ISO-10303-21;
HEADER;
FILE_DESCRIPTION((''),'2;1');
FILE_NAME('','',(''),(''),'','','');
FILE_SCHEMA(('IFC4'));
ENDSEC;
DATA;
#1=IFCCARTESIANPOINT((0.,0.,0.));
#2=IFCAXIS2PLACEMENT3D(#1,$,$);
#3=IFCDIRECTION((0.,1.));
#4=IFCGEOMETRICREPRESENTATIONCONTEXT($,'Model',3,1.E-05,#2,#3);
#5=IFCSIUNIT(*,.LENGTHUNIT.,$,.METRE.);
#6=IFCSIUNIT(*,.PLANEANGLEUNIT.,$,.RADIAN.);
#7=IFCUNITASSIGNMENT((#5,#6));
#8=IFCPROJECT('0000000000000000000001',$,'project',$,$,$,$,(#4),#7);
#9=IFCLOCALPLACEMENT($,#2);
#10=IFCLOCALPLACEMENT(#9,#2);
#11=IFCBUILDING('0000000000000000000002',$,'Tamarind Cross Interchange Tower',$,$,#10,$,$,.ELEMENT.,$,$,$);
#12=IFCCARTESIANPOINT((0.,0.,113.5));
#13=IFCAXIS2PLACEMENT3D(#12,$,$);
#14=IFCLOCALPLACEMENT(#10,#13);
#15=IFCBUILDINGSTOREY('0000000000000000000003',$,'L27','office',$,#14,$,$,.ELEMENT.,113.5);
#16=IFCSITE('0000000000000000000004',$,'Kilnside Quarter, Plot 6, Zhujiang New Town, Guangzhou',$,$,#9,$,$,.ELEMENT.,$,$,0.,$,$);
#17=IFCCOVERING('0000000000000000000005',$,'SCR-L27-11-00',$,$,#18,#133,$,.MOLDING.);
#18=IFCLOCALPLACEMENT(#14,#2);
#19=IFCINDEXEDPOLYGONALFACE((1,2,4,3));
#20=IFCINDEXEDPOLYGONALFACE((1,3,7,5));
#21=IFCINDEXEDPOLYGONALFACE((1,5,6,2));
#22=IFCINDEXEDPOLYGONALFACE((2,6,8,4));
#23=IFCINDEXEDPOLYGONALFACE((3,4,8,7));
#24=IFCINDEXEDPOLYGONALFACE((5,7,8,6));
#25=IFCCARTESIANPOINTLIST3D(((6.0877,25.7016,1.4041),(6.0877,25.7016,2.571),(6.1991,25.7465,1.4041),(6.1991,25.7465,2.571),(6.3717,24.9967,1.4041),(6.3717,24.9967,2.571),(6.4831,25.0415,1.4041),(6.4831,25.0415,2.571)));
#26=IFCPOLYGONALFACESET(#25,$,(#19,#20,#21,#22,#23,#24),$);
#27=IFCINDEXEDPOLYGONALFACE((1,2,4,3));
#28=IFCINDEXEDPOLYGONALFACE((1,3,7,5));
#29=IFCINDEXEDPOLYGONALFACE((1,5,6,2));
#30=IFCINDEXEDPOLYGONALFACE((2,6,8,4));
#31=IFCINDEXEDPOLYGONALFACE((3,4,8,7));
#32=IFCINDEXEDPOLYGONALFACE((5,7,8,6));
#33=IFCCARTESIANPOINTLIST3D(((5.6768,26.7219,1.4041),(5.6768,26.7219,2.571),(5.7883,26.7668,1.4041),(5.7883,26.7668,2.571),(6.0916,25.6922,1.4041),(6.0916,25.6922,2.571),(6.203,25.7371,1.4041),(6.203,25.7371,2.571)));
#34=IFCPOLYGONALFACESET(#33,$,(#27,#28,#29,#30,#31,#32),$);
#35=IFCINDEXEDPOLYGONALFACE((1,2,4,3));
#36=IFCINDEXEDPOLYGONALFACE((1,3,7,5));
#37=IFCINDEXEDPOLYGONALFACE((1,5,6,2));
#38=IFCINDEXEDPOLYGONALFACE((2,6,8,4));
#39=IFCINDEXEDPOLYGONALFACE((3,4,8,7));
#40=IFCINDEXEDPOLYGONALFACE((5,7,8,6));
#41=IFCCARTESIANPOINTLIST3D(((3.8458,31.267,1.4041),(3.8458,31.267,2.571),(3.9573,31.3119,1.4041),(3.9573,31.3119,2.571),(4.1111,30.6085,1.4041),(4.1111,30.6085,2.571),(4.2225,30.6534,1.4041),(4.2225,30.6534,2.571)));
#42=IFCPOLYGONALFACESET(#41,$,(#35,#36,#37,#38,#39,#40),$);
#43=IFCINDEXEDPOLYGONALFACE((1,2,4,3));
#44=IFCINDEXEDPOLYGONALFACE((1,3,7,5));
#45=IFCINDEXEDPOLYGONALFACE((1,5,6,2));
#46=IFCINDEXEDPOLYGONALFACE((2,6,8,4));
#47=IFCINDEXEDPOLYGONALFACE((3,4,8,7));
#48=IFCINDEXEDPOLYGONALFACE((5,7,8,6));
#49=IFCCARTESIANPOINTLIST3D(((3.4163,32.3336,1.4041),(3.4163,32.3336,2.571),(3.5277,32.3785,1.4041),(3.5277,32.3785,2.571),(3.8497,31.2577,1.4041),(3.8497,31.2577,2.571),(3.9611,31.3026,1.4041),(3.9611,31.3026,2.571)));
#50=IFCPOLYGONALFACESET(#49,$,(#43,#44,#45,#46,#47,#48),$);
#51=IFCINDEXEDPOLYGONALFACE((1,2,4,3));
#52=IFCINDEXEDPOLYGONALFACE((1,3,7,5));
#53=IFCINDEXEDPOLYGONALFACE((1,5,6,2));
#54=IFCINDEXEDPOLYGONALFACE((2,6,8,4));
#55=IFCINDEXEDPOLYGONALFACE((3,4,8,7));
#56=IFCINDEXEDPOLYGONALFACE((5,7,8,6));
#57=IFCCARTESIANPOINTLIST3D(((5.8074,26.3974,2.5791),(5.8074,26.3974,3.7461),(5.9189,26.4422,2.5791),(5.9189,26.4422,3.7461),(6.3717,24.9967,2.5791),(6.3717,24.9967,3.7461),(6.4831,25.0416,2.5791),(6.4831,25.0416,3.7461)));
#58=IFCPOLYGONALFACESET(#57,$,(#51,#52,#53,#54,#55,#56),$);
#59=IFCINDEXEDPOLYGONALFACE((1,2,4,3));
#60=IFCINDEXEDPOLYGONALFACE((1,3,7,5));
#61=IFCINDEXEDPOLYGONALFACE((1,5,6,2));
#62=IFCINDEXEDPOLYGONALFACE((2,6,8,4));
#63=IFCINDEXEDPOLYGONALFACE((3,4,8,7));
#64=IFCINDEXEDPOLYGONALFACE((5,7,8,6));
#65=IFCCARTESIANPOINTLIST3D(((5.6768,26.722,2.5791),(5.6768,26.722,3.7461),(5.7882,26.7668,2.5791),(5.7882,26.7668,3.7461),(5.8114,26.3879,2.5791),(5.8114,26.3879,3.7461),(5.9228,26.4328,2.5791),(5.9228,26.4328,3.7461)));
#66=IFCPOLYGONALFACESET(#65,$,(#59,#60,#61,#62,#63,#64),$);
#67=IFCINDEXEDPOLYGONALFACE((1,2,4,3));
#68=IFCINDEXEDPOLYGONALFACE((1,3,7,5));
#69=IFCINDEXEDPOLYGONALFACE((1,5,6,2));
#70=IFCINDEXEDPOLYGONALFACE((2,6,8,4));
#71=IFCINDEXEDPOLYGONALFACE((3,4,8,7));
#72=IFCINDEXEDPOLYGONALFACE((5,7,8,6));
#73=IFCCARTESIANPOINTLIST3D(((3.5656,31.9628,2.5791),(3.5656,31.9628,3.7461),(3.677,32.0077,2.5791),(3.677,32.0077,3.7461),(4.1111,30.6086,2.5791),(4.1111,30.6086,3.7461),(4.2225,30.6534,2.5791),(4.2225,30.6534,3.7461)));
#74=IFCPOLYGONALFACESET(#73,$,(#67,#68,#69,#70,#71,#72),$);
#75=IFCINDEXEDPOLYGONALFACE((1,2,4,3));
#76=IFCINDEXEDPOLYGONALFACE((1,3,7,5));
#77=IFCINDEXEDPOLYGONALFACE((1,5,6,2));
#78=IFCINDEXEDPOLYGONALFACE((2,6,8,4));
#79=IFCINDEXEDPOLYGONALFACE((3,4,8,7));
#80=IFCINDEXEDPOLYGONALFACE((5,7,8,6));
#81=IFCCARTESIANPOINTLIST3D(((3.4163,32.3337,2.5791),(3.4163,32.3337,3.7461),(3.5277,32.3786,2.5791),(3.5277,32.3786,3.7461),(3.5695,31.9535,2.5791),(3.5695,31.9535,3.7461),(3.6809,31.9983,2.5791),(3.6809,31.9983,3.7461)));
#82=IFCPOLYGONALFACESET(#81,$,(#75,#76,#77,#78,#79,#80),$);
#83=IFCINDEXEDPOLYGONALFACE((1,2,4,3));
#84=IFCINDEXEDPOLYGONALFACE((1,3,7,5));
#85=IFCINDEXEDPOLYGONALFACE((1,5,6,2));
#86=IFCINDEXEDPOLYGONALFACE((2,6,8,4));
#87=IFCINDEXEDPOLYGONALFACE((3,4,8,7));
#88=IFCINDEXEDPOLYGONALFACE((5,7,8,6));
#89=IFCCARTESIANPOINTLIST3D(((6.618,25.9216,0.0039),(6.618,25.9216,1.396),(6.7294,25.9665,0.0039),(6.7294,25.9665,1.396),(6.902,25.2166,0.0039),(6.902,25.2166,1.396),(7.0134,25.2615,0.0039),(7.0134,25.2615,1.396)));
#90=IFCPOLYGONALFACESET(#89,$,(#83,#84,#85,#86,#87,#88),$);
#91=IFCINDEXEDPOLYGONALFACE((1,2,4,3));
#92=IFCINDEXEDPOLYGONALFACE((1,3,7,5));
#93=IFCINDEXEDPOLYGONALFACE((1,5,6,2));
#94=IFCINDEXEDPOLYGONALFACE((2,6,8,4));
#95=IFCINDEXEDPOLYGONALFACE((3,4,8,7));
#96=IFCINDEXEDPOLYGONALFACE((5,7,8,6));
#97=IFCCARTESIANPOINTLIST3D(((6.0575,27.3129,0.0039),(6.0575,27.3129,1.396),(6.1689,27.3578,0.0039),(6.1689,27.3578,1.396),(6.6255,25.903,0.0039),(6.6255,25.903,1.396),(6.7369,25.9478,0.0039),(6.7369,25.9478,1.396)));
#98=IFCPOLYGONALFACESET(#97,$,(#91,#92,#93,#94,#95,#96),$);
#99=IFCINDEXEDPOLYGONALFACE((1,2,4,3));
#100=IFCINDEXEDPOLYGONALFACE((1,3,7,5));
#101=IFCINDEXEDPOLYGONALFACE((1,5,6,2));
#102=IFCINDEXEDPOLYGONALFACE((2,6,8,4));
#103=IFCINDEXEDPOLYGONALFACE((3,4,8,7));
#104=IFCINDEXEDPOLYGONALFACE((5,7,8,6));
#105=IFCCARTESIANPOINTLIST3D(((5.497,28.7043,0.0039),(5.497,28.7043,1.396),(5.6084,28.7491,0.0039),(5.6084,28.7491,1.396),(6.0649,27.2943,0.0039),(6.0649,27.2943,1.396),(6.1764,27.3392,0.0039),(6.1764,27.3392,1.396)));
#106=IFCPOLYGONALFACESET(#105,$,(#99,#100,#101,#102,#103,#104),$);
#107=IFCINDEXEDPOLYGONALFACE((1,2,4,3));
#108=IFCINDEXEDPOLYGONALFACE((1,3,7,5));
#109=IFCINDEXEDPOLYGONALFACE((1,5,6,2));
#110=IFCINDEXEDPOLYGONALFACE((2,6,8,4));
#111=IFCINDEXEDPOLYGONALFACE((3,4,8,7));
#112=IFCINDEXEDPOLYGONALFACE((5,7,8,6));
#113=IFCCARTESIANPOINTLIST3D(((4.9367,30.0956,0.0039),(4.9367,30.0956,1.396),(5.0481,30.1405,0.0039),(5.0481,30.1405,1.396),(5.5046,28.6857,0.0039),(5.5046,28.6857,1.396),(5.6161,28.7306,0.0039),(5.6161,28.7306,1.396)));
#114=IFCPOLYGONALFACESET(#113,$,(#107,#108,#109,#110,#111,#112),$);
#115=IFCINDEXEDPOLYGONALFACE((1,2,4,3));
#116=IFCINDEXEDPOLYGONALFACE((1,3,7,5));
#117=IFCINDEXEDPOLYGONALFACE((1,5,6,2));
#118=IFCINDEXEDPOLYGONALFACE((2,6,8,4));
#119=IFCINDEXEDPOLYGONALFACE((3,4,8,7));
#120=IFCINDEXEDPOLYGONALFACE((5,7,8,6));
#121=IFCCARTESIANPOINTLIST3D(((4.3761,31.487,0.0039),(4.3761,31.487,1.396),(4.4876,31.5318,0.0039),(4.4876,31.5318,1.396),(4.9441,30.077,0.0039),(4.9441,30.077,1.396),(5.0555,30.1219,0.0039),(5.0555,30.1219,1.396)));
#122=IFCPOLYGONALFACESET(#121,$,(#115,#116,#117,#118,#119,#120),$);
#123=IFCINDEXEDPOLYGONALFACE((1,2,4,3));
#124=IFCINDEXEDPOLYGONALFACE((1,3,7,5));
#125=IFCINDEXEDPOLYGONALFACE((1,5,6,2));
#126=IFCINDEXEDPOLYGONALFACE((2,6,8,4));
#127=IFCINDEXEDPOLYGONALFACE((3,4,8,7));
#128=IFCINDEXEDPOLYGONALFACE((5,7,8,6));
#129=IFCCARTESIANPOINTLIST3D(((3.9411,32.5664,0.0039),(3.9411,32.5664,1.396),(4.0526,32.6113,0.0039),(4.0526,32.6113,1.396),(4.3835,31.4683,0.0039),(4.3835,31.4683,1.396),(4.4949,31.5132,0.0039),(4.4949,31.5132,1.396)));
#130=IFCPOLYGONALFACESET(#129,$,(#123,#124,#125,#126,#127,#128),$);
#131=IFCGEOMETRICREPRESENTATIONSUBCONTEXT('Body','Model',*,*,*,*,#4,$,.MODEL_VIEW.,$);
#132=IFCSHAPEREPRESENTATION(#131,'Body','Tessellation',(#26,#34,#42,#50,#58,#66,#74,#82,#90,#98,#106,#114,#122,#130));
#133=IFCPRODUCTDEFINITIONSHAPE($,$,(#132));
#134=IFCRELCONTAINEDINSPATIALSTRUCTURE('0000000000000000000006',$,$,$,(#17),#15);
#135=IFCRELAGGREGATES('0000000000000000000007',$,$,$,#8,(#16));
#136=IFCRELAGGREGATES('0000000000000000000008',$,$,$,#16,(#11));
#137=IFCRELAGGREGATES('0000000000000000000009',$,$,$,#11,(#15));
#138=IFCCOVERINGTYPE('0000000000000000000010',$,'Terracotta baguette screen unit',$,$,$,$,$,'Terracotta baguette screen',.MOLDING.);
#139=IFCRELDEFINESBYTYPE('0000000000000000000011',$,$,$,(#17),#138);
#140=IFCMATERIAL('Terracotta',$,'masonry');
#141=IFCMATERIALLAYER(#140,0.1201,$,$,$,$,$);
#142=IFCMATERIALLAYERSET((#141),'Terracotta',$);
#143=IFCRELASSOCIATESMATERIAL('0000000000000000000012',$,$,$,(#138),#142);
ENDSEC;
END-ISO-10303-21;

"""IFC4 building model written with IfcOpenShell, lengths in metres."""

from ifc_helpers import new_model, si_unit, direction, frame, origin, origin_2d, place, context, subcontext, project, spatial, rectangle, extrude, material, layer, layer_set, type_object, element, save


model = new_model("IFC4")

# Units and contexts
model_context = context("Model", 3, precision=1e-05, world=origin(), true_north=direction((0.0, 1.0)))
body_context = subcontext(model_context, "Body", "Model", "MODEL_VIEW")
ifc_project = project(units=[si_unit("LENGTHUNIT", "METRE"), si_unit("PLANEANGLEUNIT", "RADIAN")], contexts=[model_context])

# Site, building, storey
site_placement = place(None, origin())
site = spatial("IfcSite", under=ifc_project, at=site_placement, Name="Kilnside Quarter, Plot 6, Zhujiang New Town, Guangzhou", CompositionType="ELEMENT", RefElevation=0.0)
building_placement = place(site_placement, origin())
building = spatial("IfcBuilding", under=site, at=building_placement, Name="Tamarind Cross Interchange Tower", CompositionType="ELEMENT")
storey_placement = place(building_placement, frame((0.0, 0.0, 113.5)))
storey = spatial("IfcBuildingStorey", under=building, at=storey_placement, Name="L27", Description="office", CompositionType="ELEMENT", Elevation=113.5)

# Covering
ifc_material_1 = material(Name="Terracotta", Category="masonry")
ifc_layer_1 = layer(ifc_material_1, 0.1201)
ifc_layer_set_1 = layer_set([ifc_layer_1], Name="Terracotta")
covering_type = type_object("IfcCoveringType", Name="Terracotta baguette screen unit", ElementType="Terracotta baguette screen", PredefinedType="MOLDING", material=ifc_layer_set_1)
covering_1_placement = place(storey_placement, origin())
element("IfcCovering", 1, at=covering_1_placement, inside=storey, type_object=covering_type, Name="SCR-L27-11-00", PredefinedType="MOLDING", context=body_context, shape_type="SweptSolid", body=[
    extrude(rectangle(XDim=0.76, YDim=0.1201, at=origin_2d()), frame((6.2854, 25.3716, 1.4041), z_axis=(0.0, 0.0, 1.0), x_axis=(-0.373648, 0.92757, 0.0)), (0.0, 0.0, 1.0), 1.167),
    extrude(rectangle(XDim=1.1101, YDim=0.1201, at=origin_2d()), frame((5.9399, 26.2295, 1.4041), z_axis=(0.0, 0.0, 1.0), x_axis=(-0.373648, 0.92757, 0.0)), (0.0, 0.0, 1.0), 1.167),
    extrude(rectangle(XDim=0.71, YDim=0.1201, at=origin_2d()), frame((4.0342, 30.9602, 1.4041), z_axis=(0.0, 0.0, 1.0), x_axis=(-0.373648, 0.92757, 0.0)), (0.0, 0.0, 1.0), 1.167),
    extrude(rectangle(XDim=1.1599, YDim=0.1201, at=origin_2d()), frame((3.6887, 31.8181, 1.4041), z_axis=(0.0, 0.0, 1.0), x_axis=(-0.373648, 0.92757, 0.0)), (0.0, 0.0, 1.0), 1.167),
    extrude(rectangle(XDim=1.51, YDim=0.1201, at=origin_2d()), frame((6.1453, 25.7195, 2.5791), z_axis=(0.0, 0.0, 1.0), x_axis=(-0.373648, 0.92757, 0.0)), (0.0, 0.0, 1.0), 1.167),
    extrude(rectangle(XDim=0.3601, YDim=0.1201, at=origin_2d()), frame((5.7998, 26.5774, 2.5791), z_axis=(0.0, 0.0, 1.0), x_axis=(-0.373648, 0.92757, 0.0)), (0.0, 0.0, 1.0), 1.167),
    extrude(rectangle(XDim=1.46, YDim=0.1201, at=origin_2d()), frame((3.894, 31.3081, 2.5791), z_axis=(0.0, 0.0, 1.0), x_axis=(-0.373648, 0.92757, 0.0)), (0.0, 0.0, 1.0), 1.167),
    extrude(rectangle(XDim=0.4099, YDim=0.1201, at=origin_2d()), frame((3.5486, 32.166, 2.5791), z_axis=(0.0, 0.0, 1.0), x_axis=(-0.373648, 0.92757, 0.0)), (0.0, 0.0, 1.0), 1.167),
    extrude(rectangle(XDim=0.76, YDim=0.1201, at=origin_2d()), frame((6.8157, 25.5916, 0.0039), z_axis=(0.0, 0.0, 1.0), x_axis=(-0.373648, 0.92757, 0.0)), (0.0, 0.0, 1.0), 1.3921),
    extrude(rectangle(XDim=1.52, YDim=0.1201, at=origin_2d()), frame((6.3972, 26.6304, 0.0039), z_axis=(0.0, 0.0, 1.0), x_axis=(-0.373648, 0.92757, 0.0)), (0.0, 0.0, 1.0), 1.3921),
    extrude(rectangle(XDim=1.52, YDim=0.1201, at=origin_2d()), frame((5.8367, 28.0217, 0.0039), z_axis=(0.0, 0.0, 1.0), x_axis=(-0.373648, 0.92757, 0.0)), (0.0, 0.0, 1.0), 1.3921),
    extrude(rectangle(XDim=1.52, YDim=0.1201, at=origin_2d()), frame((5.2764, 29.4131, 0.0039), z_axis=(0.0, 0.0, 1.0), x_axis=(-0.373648, 0.92757, 0.0)), (0.0, 0.0, 1.0), 1.3921),
    extrude(rectangle(XDim=1.52, YDim=0.1201, at=origin_2d()), frame((4.7158, 30.8044, 0.0039), z_axis=(0.0, 0.0, 1.0), x_axis=(-0.373648, 0.92757, 0.0)), (0.0, 0.0, 1.0), 1.3921),
    extrude(rectangle(XDim=1.1838, YDim=0.1201, at=origin_2d()), frame((4.218, 32.0398, 0.0039), z_axis=(0.0, 0.0, 1.0), x_axis=(-0.373648, 0.92757, 0.0)), (0.0, 0.0, 1.0), 1.3921),
])

save(model, "model.ifc")
